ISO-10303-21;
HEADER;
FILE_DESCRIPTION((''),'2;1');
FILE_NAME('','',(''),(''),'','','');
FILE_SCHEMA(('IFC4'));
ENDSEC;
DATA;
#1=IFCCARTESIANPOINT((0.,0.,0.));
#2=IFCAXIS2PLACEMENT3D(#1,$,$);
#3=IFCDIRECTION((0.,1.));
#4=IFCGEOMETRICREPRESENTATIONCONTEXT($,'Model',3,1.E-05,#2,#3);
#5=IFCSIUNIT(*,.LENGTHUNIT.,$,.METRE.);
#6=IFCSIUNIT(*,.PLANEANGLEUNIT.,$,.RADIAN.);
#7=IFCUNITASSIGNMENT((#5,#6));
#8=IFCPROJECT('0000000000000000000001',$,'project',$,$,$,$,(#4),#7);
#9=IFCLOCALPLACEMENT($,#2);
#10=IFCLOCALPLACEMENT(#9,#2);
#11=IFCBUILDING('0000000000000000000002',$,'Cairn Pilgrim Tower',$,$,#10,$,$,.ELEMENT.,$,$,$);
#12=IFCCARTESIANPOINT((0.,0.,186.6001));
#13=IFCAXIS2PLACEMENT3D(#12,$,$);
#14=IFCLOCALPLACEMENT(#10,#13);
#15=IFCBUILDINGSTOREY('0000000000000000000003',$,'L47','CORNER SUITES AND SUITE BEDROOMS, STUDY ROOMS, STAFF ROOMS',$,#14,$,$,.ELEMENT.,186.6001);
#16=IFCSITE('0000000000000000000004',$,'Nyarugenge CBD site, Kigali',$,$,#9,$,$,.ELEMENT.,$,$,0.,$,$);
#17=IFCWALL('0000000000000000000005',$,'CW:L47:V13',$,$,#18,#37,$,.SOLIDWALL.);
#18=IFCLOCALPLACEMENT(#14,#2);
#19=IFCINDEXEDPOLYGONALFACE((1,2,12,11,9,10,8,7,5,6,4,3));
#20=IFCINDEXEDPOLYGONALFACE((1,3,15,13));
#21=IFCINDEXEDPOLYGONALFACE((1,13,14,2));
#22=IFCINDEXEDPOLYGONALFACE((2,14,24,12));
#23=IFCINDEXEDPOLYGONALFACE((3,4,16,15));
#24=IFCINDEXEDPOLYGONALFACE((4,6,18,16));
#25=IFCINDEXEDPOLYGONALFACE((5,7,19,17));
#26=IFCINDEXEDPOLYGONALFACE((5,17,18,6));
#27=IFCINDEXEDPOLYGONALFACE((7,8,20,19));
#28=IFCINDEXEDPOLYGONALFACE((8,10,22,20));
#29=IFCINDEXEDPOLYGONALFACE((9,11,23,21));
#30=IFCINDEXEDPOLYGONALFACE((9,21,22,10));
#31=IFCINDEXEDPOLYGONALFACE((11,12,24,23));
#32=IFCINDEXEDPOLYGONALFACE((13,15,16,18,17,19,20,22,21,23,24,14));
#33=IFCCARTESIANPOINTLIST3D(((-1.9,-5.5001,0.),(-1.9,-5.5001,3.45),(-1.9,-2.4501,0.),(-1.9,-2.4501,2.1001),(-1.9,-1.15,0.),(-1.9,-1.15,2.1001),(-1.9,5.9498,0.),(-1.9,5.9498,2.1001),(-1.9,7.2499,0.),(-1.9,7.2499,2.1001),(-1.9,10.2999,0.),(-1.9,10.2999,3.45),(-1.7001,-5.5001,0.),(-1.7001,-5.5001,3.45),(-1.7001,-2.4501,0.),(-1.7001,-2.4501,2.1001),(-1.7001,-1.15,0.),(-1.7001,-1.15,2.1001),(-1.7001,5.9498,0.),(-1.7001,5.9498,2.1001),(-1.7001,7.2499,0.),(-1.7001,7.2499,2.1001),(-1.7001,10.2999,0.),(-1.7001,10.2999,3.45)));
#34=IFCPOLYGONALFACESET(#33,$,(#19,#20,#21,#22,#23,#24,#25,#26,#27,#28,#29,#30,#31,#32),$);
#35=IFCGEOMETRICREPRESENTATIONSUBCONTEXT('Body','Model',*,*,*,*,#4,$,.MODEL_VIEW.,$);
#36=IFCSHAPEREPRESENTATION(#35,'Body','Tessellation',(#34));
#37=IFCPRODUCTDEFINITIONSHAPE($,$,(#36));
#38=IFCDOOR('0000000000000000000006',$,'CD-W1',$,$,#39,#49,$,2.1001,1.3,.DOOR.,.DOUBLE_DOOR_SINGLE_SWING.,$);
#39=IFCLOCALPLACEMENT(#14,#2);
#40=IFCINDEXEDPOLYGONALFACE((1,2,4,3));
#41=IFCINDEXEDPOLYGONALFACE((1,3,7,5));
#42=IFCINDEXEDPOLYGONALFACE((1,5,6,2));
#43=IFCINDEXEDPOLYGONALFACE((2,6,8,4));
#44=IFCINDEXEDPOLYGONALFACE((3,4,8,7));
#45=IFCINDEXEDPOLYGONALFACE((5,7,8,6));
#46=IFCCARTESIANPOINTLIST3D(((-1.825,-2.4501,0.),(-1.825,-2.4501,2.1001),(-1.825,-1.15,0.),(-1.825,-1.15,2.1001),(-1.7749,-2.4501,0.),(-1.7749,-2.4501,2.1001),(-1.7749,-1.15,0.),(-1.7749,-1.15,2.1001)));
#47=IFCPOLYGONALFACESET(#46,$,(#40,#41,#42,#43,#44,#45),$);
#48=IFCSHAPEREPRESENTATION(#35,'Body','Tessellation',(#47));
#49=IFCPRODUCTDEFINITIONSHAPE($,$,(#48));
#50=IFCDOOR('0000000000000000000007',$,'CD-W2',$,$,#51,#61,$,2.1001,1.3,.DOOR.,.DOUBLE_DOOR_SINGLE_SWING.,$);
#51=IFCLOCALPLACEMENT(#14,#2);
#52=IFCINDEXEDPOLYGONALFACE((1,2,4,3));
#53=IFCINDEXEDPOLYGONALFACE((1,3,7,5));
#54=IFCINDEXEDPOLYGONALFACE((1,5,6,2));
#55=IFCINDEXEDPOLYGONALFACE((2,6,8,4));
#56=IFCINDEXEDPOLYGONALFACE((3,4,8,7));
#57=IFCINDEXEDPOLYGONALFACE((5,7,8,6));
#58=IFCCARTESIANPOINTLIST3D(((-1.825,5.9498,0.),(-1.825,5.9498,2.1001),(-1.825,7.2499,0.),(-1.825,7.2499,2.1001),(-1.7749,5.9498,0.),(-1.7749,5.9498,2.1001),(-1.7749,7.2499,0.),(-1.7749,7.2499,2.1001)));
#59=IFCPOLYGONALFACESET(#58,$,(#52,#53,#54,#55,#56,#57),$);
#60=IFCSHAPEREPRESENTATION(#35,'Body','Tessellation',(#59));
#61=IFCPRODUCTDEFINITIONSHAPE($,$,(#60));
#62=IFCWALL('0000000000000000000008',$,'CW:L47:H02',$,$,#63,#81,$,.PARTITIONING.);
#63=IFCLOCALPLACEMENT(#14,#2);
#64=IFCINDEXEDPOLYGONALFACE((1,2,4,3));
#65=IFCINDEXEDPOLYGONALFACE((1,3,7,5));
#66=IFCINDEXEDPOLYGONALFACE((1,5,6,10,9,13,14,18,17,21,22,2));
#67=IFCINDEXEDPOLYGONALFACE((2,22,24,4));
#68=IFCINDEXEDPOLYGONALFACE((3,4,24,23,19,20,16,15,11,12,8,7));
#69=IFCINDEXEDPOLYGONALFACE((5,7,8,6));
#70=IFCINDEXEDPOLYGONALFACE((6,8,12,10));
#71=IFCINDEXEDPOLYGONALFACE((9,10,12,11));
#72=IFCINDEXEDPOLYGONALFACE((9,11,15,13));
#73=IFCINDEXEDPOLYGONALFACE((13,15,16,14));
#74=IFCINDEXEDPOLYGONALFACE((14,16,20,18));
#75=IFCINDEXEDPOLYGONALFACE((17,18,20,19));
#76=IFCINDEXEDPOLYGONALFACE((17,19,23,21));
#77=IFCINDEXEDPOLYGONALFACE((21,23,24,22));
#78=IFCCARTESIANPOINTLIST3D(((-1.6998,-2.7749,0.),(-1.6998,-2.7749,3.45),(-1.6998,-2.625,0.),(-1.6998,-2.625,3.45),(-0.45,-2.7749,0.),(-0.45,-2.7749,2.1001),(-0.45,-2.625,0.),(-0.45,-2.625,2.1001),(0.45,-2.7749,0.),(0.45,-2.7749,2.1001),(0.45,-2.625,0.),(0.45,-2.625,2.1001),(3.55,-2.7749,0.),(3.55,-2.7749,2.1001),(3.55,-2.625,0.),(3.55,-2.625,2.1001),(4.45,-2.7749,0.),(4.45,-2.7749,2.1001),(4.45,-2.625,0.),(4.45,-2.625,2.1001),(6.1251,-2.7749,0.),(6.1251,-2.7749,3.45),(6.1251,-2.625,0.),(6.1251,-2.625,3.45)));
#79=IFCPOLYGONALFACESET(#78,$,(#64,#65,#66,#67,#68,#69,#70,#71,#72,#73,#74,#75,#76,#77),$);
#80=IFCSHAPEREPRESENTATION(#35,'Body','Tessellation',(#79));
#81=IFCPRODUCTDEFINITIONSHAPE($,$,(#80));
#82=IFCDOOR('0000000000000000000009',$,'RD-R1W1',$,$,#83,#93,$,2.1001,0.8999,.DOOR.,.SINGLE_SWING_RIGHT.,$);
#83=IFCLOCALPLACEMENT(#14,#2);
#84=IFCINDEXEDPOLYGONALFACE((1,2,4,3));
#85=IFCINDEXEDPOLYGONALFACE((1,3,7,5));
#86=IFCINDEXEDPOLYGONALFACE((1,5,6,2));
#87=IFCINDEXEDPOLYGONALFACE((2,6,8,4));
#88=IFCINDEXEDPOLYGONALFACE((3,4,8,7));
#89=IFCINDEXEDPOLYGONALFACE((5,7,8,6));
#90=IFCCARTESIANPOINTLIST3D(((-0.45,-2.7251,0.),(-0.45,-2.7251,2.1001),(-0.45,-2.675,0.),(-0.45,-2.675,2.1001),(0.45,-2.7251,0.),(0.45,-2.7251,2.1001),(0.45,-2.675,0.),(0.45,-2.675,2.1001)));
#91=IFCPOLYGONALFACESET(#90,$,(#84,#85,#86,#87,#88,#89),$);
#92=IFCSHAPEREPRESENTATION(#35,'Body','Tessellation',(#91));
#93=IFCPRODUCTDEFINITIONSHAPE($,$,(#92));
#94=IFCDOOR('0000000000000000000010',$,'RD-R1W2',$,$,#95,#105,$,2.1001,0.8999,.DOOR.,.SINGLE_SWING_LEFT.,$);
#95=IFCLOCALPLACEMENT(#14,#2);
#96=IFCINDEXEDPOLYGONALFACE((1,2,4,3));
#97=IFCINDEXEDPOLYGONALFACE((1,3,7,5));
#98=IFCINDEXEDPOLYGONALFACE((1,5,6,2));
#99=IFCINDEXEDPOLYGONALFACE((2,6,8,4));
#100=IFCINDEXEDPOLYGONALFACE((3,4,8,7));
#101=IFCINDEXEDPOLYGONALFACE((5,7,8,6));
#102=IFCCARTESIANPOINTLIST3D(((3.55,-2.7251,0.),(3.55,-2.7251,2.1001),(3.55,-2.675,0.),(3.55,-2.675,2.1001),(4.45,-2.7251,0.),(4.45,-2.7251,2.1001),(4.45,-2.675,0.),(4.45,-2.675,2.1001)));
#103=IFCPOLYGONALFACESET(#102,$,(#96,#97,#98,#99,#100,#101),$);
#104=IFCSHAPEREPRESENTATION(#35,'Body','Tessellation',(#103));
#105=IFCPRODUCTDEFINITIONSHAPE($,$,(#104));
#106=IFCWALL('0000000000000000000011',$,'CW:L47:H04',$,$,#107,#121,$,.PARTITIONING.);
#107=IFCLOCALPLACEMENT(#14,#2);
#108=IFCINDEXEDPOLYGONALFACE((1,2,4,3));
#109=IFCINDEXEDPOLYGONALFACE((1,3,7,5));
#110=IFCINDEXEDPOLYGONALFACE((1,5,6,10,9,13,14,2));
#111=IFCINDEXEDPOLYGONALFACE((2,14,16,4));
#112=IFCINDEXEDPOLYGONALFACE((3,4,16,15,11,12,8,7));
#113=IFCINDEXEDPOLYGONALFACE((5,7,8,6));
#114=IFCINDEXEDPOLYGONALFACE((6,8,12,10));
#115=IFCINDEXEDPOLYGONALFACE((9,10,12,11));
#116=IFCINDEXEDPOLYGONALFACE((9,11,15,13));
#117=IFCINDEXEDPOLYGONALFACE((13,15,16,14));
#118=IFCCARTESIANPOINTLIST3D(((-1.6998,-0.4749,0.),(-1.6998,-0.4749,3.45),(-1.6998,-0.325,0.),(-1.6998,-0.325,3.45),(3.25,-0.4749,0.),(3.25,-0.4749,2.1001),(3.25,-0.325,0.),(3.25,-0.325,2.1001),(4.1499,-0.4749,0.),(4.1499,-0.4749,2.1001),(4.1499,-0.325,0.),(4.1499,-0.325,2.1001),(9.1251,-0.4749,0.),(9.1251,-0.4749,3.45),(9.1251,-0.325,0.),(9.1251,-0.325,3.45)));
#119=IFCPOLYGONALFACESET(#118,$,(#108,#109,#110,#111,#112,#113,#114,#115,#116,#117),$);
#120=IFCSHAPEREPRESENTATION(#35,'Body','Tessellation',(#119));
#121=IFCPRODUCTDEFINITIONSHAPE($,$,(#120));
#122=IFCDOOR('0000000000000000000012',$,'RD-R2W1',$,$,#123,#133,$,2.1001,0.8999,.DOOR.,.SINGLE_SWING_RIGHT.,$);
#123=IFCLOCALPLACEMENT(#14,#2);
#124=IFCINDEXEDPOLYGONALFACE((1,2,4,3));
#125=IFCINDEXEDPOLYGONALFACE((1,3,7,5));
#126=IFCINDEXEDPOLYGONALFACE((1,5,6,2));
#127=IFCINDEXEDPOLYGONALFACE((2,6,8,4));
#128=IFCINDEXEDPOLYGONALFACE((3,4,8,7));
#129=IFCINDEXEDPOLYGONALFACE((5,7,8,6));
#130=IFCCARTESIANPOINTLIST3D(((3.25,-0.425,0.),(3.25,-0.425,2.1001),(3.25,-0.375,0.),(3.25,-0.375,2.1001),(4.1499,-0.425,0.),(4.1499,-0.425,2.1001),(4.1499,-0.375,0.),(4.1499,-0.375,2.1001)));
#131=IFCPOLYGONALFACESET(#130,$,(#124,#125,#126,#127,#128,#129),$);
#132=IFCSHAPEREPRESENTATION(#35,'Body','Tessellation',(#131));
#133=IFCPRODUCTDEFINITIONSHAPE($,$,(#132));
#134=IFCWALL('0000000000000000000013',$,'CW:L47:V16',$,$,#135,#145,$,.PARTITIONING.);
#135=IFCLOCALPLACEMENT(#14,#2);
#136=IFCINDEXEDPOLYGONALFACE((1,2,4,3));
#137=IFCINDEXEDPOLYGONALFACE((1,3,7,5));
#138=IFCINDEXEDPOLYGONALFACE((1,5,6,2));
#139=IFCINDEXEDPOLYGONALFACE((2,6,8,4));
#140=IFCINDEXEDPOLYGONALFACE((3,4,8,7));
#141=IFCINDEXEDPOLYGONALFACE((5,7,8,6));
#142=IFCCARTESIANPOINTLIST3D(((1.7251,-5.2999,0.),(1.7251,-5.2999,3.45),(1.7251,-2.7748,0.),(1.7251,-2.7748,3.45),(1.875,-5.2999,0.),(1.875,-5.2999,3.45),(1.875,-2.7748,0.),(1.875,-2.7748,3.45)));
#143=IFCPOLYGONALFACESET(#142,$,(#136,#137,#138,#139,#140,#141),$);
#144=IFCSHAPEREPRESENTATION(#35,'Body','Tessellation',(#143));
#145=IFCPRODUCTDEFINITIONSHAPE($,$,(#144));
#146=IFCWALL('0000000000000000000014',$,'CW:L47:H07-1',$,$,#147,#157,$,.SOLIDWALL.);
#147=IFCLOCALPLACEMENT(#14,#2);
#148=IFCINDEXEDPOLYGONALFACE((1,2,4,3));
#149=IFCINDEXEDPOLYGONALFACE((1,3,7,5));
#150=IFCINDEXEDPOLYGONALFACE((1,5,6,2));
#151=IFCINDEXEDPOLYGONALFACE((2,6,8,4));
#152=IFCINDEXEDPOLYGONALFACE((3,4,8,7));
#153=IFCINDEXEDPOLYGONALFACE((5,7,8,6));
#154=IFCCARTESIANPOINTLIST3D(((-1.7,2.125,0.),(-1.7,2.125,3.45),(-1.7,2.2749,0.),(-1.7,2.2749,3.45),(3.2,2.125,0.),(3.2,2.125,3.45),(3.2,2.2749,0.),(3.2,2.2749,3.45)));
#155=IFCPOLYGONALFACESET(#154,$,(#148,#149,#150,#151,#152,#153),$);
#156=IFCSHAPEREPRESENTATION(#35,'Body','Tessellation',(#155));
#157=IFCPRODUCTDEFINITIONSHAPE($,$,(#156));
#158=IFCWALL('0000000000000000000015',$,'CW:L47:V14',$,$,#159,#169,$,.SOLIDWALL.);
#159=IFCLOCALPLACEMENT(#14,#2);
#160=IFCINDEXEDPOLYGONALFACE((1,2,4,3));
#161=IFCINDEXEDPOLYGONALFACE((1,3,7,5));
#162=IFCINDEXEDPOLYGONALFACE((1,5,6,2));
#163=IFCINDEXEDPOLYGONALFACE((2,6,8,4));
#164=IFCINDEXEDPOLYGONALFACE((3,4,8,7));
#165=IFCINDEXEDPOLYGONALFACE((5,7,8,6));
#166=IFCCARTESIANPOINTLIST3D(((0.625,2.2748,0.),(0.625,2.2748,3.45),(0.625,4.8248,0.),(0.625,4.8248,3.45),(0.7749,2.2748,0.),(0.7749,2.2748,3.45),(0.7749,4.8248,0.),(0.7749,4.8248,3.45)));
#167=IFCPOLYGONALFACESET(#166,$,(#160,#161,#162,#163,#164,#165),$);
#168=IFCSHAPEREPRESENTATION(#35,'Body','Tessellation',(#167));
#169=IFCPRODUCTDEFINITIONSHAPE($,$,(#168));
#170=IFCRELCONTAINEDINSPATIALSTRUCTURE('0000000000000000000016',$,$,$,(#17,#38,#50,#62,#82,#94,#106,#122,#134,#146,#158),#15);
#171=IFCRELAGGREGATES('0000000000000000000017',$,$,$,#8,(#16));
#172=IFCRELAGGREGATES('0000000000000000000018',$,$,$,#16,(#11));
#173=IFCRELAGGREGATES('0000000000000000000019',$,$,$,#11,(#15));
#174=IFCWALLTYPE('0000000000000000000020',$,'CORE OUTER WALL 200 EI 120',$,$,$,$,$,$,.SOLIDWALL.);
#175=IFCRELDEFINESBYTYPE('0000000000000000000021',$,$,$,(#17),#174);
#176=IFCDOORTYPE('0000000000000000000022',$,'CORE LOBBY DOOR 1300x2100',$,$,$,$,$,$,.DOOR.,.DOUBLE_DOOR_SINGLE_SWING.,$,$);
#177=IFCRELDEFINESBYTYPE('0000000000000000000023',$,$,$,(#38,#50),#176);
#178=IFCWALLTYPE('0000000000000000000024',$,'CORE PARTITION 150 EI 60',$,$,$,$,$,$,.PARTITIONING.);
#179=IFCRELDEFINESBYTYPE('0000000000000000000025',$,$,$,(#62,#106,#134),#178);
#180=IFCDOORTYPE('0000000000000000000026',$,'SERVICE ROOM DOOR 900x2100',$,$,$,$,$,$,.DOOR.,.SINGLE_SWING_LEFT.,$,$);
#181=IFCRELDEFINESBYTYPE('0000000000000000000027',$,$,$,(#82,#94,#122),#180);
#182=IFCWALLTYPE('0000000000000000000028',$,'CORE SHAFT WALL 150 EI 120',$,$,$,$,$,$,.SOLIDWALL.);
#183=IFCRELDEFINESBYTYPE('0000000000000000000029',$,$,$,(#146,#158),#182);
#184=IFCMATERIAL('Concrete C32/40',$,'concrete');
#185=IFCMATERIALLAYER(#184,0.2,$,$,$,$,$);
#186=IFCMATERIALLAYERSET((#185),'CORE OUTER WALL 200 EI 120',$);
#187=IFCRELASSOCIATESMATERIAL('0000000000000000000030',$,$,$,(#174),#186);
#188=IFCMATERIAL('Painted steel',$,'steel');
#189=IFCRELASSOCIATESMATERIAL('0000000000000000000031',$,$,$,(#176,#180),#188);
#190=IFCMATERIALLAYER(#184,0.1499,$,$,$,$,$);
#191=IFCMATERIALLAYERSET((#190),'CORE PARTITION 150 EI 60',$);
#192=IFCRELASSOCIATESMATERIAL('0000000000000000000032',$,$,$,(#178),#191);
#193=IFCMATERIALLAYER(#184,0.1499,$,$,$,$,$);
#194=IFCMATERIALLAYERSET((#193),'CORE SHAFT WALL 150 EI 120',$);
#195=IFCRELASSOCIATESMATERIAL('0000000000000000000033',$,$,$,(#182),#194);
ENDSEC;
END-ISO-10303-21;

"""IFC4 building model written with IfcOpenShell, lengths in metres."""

from ifc_helpers import new_model, si_unit, direction, frame, frame_2d, origin, place, context, subcontext, project, spatial, rectangle, extrude, material, layer, layer_set, type_object, element, fill, save


model = new_model("IFC4")

# Units and contexts
model_context = context("Model", 3, precision=1e-05, world=origin(), true_north=direction((0.0, 1.0)))
body_context = subcontext(model_context, "Body", "Model", "MODEL_VIEW")
ifc_project = project(units=[si_unit("LENGTHUNIT", "METRE"), si_unit("PLANEANGLEUNIT", "RADIAN")], contexts=[model_context])

# Site, building, storey
site_placement = place(None, origin())
site = spatial("IfcSite", under=ifc_project, at=site_placement, Name="Nyarugenge CBD site, Kigali", CompositionType="ELEMENT", RefElevation=0.0)
building_placement = place(site_placement, origin())
building = spatial("IfcBuilding", under=site, at=building_placement, Name="Cairn Pilgrim Tower", CompositionType="ELEMENT")
storey_placement = place(building_placement, frame((0.0, 0.0, 186.6001)))
storey = spatial("IfcBuildingStorey", under=building, at=storey_placement, Name="L47", Description="CORNER SUITES AND SUITE BEDROOMS, STUDY ROOMS, STAFF ROOMS", CompositionType="ELEMENT", Elevation=186.6001)

# Shared definitions
ifc_material_1 = material(Name="Concrete C32/40", Category="concrete")

# Shared definitions
ifc_layer_1 = layer(ifc_material_1, 0.2)
ifc_layer_set_1 = layer_set([ifc_layer_1], Name="CORE OUTER WALL 200 EI 120")
wall_type_1 = type_object("IfcWallType", Name="CORE OUTER WALL 200 EI 120", PredefinedType="SOLIDWALL", material=ifc_layer_set_1)

# Walls, openings, doors
wall_1_placement = place(storey_placement, frame((-1.8, -5.5, 0.0), z_axis=(0.0, 0.0, 1.0), x_axis=(0.0, 1.0, 0.0)))
wall_1 = element("IfcWall", 1, at=wall_1_placement, inside=storey, type_object=wall_type_1, Name="CW:L47:V13", PredefinedType="SOLIDWALL", context=body_context, shape_type="SweptSolid", body=[
    extrude(rectangle(XDim=15.8, YDim=0.2, at=frame_2d((7.8999, 0.0))), origin(), (0.0, 0.0, 1.0), 3.45),
])
opening_1_placement = place(wall_1_placement, frame((3.05, 0.0, 0.0)))
opening_1 = element("IfcOpeningElement", 2, at=opening_1_placement, cuts=wall_1, PredefinedType="OPENING", context=body_context, shape_type="SweptSolid", body=[
    extrude(rectangle(XDim=1.3, YDim=2.1001, at=frame_2d((0.6499, 1.05))), frame((0.0, 0.1099, 0.0), z_axis=(0.0, -1.0, 0.0), x_axis=(1.0, 0.0, 0.0)), (0.0, 0.0, 1.0), 0.22),
])
opening_2_placement = place(wall_1_placement, frame((11.45, 0.0, 0.0)))
opening_2 = element("IfcOpeningElement", 3, at=opening_2_placement, cuts=wall_1, PredefinedType="OPENING", context=body_context, shape_type="SweptSolid", body=[
    extrude(rectangle(XDim=1.3, YDim=2.1001, at=frame_2d((0.6499, 1.05))), frame((0.0, 0.1099, 0.0), z_axis=(0.0, -1.0, 0.0), x_axis=(1.0, 0.0, 0.0)), (0.0, 0.0, 1.0), 0.22),
])
ifc_material_2 = material(Name="Painted steel", Category="steel")
door_type_1 = type_object("IfcDoorType", Name="CORE LOBBY DOOR 1300x2100", OperationType="DOUBLE_DOOR_SINGLE_SWING", PredefinedType="DOOR", material=ifc_material_2)
door_1_placement = place(opening_1_placement, origin())
door_1 = element("IfcDoor", 4, at=door_1_placement, inside=storey, type_object=door_type_1, Name="CD-W1", OperationType="DOUBLE_DOOR_SINGLE_SWING", OverallHeight=2.1001, OverallWidth=1.3, PredefinedType="DOOR", context=body_context, shape_type="SweptSolid", body=[
    extrude(rectangle(XDim=1.3, YDim=2.1001, at=frame_2d((0.6499, 1.05))), frame((0.0, 0.0249, 0.0), z_axis=(0.0, -1.0, 0.0), x_axis=(1.0, 0.0, 0.0)), (0.0, 0.0, 1.0), 0.05),
])
fill(opening_1, door_1)
door_2_placement = place(opening_2_placement, origin())
door_2 = element("IfcDoor", 5, at=door_2_placement, inside=storey, type_object=door_type_1, Name="CD-W2", OperationType="DOUBLE_DOOR_SINGLE_SWING", OverallHeight=2.1001, OverallWidth=1.3, PredefinedType="DOOR", context=body_context, shape_type="SweptSolid", body=[
    extrude(rectangle(XDim=1.3, YDim=2.1001, at=frame_2d((0.6499, 1.05))), frame((0.0, 0.0249, 0.0), z_axis=(0.0, -1.0, 0.0), x_axis=(1.0, 0.0, 0.0)), (0.0, 0.0, 1.0), 0.05),
])
fill(opening_2, door_2)
ifc_layer_2 = layer(ifc_material_1, 0.1499)
ifc_layer_set_2 = layer_set([ifc_layer_2], Name="CORE PARTITION 150 EI 60")
wall_type_2 = type_object("IfcWallType", Name="CORE PARTITION 150 EI 60", PredefinedType="PARTITIONING", material=ifc_layer_set_2)
wall_2_placement = place(storey_placement, frame((-1.7, -2.7, 0.0), z_axis=(0.0, 0.0, 1.0), x_axis=(1.0, 0.0, 0.0)))
wall_2 = element("IfcWall", 6, at=wall_2_placement, inside=storey, type_object=wall_type_2, Name="CW:L47:H02", PredefinedType="PARTITIONING", context=body_context, shape_type="SweptSolid", body=[
    extrude(rectangle(XDim=7.825, YDim=0.1499, at=frame_2d((3.9126, 0.0))), origin(), (0.0, 0.0, 1.0), 3.45),
])
opening_3_placement = place(wall_2_placement, frame((1.25, 0.0, 0.0)))
opening_3 = element("IfcOpeningElement", 7, at=opening_3_placement, cuts=wall_2, PredefinedType="OPENING", context=body_context, shape_type="SweptSolid", body=[
    extrude(rectangle(XDim=0.8999, YDim=2.1001, at=frame_2d((0.45, 1.05))), frame((0.0, 0.085, 0.0), z_axis=(0.0, -1.0, 0.0), x_axis=(1.0, 0.0, 0.0)), (0.0, 0.0, 1.0), 0.1699),
])
opening_4_placement = place(wall_2_placement, frame((5.25, 0.0, 0.0)))
opening_4 = element("IfcOpeningElement", 8, at=opening_4_placement, cuts=wall_2, PredefinedType="OPENING", context=body_context, shape_type="SweptSolid", body=[
    extrude(rectangle(XDim=0.8999, YDim=2.1001, at=frame_2d((0.45, 1.05))), frame((0.0, 0.085, 0.0), z_axis=(0.0, -1.0, 0.0), x_axis=(1.0, 0.0, 0.0)), (0.0, 0.0, 1.0), 0.1699),
])
door_type_2 = type_object("IfcDoorType", Name="SERVICE ROOM DOOR 900x2100", OperationType="SINGLE_SWING_LEFT", PredefinedType="DOOR", material=ifc_material_2)
door_3_placement = place(opening_3_placement, origin())
door_3 = element("IfcDoor", 9, at=door_3_placement, inside=storey, type_object=door_type_2, Name="RD-R1W1", OperationType="SINGLE_SWING_RIGHT", OverallHeight=2.1001, OverallWidth=0.8999, PredefinedType="DOOR", context=body_context, shape_type="SweptSolid", body=[
    extrude(rectangle(XDim=0.8999, YDim=2.1001, at=frame_2d((0.45, 1.05))), frame((0.0, 0.0249, 0.0), z_axis=(0.0, -1.0, 0.0), x_axis=(1.0, 0.0, 0.0)), (0.0, 0.0, 1.0), 0.05),
])
fill(opening_3, door_3)
door_4_placement = place(opening_4_placement, origin())
door_4 = element("IfcDoor", 10, at=door_4_placement, inside=storey, type_object=door_type_2, Name="RD-R1W2", OperationType="SINGLE_SWING_LEFT", OverallHeight=2.1001, OverallWidth=0.8999, PredefinedType="DOOR", context=body_context, shape_type="SweptSolid", body=[
    extrude(rectangle(XDim=0.8999, YDim=2.1001, at=frame_2d((0.45, 1.05))), frame((0.0, 0.0249, 0.0), z_axis=(0.0, -1.0, 0.0), x_axis=(1.0, 0.0, 0.0)), (0.0, 0.0, 1.0), 0.05),
])
fill(opening_4, door_4)

# Wall, opening, door
wall_3_placement = place(storey_placement, frame((-1.7, -0.3999, 0.0), z_axis=(0.0, 0.0, 1.0), x_axis=(1.0, 0.0, 0.0)))
wall_3 = element("IfcWall", 11, at=wall_3_placement, inside=storey, type_object=wall_type_2, Name="CW:L47:H04", PredefinedType="PARTITIONING", context=body_context, shape_type="SweptSolid", body=[
    extrude(rectangle(XDim=10.825, YDim=0.1499, at=frame_2d((5.4126, 0.0))), origin(), (0.0, 0.0, 1.0), 3.45),
])
opening_5_placement = place(wall_3_placement, frame((4.95, 0.0, 0.0)))
opening_5 = element("IfcOpeningElement", 12, at=opening_5_placement, cuts=wall_3, PredefinedType="OPENING", context=body_context, shape_type="SweptSolid", body=[
    extrude(rectangle(XDim=0.8999, YDim=2.1001, at=frame_2d((0.45, 1.05))), frame((0.0, 0.085, 0.0), z_axis=(0.0, -1.0, 0.0), x_axis=(1.0, 0.0, 0.0)), (0.0, 0.0, 1.0), 0.1699),
])
door_5_placement = place(opening_5_placement, origin())
door_5 = element("IfcDoor", 13, at=door_5_placement, inside=storey, type_object=door_type_2, Name="RD-R2W1", OperationType="SINGLE_SWING_RIGHT", OverallHeight=2.1001, OverallWidth=0.8999, PredefinedType="DOOR", context=body_context, shape_type="SweptSolid", body=[
    extrude(rectangle(XDim=0.8999, YDim=2.1001, at=frame_2d((0.45, 1.05))), frame((0.0, 0.0249, 0.0), z_axis=(0.0, -1.0, 0.0), x_axis=(1.0, 0.0, 0.0)), (0.0, 0.0, 1.0), 0.05),
])
fill(opening_5, door_5)

# Walls
wall_4_placement = place(storey_placement, frame((1.8, -5.3, 0.0), z_axis=(0.0, 0.0, 1.0), x_axis=(0.0, 1.0, 0.0)))
element("IfcWall", 14, at=wall_4_placement, inside=storey, type_object=wall_type_2, Name="CW:L47:V16", PredefinedType="PARTITIONING", context=body_context, shape_type="SweptSolid", body=[
    extrude(rectangle(XDim=2.5251, YDim=0.1499, at=frame_2d((1.2627, 0.0))), origin(), (0.0, 0.0, 1.0), 3.45),
])
ifc_layer_3 = layer(ifc_material_1, 0.1499)
ifc_layer_set_3 = layer_set([ifc_layer_3], Name="CORE SHAFT WALL 150 EI 120")
wall_type_3 = type_object("IfcWallType", Name="CORE SHAFT WALL 150 EI 120", PredefinedType="SOLIDWALL", material=ifc_layer_set_3)
wall_5_placement = place(storey_placement, frame((-1.7, 2.2, 0.0), z_axis=(0.0, 0.0, 1.0), x_axis=(1.0, 0.0, 0.0)))
element("IfcWall", 15, at=wall_5_placement, inside=storey, type_object=wall_type_3, Name="CW:L47:H07-1", PredefinedType="SOLIDWALL", context=body_context, shape_type="SweptSolid", body=[
    extrude(rectangle(XDim=4.8999, YDim=0.1499, at=frame_2d((2.45, 0.0))), origin(), (0.0, 0.0, 1.0), 3.45),
])
wall_6_placement = place(storey_placement, frame((0.7, 2.2749, 0.0), z_axis=(0.0, 0.0, 1.0), x_axis=(0.0, 1.0, 0.0)))
element("IfcWall", 16, at=wall_6_placement, inside=storey, type_object=wall_type_3, Name="CW:L47:V14", PredefinedType="SOLIDWALL", context=body_context, shape_type="SweptSolid", body=[
    extrude(rectangle(XDim=2.55, YDim=0.1499, at=frame_2d((1.2749, 0.0))), origin(), (0.0, 0.0, 1.0), 3.45),
])

save(model, "model.ifc")
